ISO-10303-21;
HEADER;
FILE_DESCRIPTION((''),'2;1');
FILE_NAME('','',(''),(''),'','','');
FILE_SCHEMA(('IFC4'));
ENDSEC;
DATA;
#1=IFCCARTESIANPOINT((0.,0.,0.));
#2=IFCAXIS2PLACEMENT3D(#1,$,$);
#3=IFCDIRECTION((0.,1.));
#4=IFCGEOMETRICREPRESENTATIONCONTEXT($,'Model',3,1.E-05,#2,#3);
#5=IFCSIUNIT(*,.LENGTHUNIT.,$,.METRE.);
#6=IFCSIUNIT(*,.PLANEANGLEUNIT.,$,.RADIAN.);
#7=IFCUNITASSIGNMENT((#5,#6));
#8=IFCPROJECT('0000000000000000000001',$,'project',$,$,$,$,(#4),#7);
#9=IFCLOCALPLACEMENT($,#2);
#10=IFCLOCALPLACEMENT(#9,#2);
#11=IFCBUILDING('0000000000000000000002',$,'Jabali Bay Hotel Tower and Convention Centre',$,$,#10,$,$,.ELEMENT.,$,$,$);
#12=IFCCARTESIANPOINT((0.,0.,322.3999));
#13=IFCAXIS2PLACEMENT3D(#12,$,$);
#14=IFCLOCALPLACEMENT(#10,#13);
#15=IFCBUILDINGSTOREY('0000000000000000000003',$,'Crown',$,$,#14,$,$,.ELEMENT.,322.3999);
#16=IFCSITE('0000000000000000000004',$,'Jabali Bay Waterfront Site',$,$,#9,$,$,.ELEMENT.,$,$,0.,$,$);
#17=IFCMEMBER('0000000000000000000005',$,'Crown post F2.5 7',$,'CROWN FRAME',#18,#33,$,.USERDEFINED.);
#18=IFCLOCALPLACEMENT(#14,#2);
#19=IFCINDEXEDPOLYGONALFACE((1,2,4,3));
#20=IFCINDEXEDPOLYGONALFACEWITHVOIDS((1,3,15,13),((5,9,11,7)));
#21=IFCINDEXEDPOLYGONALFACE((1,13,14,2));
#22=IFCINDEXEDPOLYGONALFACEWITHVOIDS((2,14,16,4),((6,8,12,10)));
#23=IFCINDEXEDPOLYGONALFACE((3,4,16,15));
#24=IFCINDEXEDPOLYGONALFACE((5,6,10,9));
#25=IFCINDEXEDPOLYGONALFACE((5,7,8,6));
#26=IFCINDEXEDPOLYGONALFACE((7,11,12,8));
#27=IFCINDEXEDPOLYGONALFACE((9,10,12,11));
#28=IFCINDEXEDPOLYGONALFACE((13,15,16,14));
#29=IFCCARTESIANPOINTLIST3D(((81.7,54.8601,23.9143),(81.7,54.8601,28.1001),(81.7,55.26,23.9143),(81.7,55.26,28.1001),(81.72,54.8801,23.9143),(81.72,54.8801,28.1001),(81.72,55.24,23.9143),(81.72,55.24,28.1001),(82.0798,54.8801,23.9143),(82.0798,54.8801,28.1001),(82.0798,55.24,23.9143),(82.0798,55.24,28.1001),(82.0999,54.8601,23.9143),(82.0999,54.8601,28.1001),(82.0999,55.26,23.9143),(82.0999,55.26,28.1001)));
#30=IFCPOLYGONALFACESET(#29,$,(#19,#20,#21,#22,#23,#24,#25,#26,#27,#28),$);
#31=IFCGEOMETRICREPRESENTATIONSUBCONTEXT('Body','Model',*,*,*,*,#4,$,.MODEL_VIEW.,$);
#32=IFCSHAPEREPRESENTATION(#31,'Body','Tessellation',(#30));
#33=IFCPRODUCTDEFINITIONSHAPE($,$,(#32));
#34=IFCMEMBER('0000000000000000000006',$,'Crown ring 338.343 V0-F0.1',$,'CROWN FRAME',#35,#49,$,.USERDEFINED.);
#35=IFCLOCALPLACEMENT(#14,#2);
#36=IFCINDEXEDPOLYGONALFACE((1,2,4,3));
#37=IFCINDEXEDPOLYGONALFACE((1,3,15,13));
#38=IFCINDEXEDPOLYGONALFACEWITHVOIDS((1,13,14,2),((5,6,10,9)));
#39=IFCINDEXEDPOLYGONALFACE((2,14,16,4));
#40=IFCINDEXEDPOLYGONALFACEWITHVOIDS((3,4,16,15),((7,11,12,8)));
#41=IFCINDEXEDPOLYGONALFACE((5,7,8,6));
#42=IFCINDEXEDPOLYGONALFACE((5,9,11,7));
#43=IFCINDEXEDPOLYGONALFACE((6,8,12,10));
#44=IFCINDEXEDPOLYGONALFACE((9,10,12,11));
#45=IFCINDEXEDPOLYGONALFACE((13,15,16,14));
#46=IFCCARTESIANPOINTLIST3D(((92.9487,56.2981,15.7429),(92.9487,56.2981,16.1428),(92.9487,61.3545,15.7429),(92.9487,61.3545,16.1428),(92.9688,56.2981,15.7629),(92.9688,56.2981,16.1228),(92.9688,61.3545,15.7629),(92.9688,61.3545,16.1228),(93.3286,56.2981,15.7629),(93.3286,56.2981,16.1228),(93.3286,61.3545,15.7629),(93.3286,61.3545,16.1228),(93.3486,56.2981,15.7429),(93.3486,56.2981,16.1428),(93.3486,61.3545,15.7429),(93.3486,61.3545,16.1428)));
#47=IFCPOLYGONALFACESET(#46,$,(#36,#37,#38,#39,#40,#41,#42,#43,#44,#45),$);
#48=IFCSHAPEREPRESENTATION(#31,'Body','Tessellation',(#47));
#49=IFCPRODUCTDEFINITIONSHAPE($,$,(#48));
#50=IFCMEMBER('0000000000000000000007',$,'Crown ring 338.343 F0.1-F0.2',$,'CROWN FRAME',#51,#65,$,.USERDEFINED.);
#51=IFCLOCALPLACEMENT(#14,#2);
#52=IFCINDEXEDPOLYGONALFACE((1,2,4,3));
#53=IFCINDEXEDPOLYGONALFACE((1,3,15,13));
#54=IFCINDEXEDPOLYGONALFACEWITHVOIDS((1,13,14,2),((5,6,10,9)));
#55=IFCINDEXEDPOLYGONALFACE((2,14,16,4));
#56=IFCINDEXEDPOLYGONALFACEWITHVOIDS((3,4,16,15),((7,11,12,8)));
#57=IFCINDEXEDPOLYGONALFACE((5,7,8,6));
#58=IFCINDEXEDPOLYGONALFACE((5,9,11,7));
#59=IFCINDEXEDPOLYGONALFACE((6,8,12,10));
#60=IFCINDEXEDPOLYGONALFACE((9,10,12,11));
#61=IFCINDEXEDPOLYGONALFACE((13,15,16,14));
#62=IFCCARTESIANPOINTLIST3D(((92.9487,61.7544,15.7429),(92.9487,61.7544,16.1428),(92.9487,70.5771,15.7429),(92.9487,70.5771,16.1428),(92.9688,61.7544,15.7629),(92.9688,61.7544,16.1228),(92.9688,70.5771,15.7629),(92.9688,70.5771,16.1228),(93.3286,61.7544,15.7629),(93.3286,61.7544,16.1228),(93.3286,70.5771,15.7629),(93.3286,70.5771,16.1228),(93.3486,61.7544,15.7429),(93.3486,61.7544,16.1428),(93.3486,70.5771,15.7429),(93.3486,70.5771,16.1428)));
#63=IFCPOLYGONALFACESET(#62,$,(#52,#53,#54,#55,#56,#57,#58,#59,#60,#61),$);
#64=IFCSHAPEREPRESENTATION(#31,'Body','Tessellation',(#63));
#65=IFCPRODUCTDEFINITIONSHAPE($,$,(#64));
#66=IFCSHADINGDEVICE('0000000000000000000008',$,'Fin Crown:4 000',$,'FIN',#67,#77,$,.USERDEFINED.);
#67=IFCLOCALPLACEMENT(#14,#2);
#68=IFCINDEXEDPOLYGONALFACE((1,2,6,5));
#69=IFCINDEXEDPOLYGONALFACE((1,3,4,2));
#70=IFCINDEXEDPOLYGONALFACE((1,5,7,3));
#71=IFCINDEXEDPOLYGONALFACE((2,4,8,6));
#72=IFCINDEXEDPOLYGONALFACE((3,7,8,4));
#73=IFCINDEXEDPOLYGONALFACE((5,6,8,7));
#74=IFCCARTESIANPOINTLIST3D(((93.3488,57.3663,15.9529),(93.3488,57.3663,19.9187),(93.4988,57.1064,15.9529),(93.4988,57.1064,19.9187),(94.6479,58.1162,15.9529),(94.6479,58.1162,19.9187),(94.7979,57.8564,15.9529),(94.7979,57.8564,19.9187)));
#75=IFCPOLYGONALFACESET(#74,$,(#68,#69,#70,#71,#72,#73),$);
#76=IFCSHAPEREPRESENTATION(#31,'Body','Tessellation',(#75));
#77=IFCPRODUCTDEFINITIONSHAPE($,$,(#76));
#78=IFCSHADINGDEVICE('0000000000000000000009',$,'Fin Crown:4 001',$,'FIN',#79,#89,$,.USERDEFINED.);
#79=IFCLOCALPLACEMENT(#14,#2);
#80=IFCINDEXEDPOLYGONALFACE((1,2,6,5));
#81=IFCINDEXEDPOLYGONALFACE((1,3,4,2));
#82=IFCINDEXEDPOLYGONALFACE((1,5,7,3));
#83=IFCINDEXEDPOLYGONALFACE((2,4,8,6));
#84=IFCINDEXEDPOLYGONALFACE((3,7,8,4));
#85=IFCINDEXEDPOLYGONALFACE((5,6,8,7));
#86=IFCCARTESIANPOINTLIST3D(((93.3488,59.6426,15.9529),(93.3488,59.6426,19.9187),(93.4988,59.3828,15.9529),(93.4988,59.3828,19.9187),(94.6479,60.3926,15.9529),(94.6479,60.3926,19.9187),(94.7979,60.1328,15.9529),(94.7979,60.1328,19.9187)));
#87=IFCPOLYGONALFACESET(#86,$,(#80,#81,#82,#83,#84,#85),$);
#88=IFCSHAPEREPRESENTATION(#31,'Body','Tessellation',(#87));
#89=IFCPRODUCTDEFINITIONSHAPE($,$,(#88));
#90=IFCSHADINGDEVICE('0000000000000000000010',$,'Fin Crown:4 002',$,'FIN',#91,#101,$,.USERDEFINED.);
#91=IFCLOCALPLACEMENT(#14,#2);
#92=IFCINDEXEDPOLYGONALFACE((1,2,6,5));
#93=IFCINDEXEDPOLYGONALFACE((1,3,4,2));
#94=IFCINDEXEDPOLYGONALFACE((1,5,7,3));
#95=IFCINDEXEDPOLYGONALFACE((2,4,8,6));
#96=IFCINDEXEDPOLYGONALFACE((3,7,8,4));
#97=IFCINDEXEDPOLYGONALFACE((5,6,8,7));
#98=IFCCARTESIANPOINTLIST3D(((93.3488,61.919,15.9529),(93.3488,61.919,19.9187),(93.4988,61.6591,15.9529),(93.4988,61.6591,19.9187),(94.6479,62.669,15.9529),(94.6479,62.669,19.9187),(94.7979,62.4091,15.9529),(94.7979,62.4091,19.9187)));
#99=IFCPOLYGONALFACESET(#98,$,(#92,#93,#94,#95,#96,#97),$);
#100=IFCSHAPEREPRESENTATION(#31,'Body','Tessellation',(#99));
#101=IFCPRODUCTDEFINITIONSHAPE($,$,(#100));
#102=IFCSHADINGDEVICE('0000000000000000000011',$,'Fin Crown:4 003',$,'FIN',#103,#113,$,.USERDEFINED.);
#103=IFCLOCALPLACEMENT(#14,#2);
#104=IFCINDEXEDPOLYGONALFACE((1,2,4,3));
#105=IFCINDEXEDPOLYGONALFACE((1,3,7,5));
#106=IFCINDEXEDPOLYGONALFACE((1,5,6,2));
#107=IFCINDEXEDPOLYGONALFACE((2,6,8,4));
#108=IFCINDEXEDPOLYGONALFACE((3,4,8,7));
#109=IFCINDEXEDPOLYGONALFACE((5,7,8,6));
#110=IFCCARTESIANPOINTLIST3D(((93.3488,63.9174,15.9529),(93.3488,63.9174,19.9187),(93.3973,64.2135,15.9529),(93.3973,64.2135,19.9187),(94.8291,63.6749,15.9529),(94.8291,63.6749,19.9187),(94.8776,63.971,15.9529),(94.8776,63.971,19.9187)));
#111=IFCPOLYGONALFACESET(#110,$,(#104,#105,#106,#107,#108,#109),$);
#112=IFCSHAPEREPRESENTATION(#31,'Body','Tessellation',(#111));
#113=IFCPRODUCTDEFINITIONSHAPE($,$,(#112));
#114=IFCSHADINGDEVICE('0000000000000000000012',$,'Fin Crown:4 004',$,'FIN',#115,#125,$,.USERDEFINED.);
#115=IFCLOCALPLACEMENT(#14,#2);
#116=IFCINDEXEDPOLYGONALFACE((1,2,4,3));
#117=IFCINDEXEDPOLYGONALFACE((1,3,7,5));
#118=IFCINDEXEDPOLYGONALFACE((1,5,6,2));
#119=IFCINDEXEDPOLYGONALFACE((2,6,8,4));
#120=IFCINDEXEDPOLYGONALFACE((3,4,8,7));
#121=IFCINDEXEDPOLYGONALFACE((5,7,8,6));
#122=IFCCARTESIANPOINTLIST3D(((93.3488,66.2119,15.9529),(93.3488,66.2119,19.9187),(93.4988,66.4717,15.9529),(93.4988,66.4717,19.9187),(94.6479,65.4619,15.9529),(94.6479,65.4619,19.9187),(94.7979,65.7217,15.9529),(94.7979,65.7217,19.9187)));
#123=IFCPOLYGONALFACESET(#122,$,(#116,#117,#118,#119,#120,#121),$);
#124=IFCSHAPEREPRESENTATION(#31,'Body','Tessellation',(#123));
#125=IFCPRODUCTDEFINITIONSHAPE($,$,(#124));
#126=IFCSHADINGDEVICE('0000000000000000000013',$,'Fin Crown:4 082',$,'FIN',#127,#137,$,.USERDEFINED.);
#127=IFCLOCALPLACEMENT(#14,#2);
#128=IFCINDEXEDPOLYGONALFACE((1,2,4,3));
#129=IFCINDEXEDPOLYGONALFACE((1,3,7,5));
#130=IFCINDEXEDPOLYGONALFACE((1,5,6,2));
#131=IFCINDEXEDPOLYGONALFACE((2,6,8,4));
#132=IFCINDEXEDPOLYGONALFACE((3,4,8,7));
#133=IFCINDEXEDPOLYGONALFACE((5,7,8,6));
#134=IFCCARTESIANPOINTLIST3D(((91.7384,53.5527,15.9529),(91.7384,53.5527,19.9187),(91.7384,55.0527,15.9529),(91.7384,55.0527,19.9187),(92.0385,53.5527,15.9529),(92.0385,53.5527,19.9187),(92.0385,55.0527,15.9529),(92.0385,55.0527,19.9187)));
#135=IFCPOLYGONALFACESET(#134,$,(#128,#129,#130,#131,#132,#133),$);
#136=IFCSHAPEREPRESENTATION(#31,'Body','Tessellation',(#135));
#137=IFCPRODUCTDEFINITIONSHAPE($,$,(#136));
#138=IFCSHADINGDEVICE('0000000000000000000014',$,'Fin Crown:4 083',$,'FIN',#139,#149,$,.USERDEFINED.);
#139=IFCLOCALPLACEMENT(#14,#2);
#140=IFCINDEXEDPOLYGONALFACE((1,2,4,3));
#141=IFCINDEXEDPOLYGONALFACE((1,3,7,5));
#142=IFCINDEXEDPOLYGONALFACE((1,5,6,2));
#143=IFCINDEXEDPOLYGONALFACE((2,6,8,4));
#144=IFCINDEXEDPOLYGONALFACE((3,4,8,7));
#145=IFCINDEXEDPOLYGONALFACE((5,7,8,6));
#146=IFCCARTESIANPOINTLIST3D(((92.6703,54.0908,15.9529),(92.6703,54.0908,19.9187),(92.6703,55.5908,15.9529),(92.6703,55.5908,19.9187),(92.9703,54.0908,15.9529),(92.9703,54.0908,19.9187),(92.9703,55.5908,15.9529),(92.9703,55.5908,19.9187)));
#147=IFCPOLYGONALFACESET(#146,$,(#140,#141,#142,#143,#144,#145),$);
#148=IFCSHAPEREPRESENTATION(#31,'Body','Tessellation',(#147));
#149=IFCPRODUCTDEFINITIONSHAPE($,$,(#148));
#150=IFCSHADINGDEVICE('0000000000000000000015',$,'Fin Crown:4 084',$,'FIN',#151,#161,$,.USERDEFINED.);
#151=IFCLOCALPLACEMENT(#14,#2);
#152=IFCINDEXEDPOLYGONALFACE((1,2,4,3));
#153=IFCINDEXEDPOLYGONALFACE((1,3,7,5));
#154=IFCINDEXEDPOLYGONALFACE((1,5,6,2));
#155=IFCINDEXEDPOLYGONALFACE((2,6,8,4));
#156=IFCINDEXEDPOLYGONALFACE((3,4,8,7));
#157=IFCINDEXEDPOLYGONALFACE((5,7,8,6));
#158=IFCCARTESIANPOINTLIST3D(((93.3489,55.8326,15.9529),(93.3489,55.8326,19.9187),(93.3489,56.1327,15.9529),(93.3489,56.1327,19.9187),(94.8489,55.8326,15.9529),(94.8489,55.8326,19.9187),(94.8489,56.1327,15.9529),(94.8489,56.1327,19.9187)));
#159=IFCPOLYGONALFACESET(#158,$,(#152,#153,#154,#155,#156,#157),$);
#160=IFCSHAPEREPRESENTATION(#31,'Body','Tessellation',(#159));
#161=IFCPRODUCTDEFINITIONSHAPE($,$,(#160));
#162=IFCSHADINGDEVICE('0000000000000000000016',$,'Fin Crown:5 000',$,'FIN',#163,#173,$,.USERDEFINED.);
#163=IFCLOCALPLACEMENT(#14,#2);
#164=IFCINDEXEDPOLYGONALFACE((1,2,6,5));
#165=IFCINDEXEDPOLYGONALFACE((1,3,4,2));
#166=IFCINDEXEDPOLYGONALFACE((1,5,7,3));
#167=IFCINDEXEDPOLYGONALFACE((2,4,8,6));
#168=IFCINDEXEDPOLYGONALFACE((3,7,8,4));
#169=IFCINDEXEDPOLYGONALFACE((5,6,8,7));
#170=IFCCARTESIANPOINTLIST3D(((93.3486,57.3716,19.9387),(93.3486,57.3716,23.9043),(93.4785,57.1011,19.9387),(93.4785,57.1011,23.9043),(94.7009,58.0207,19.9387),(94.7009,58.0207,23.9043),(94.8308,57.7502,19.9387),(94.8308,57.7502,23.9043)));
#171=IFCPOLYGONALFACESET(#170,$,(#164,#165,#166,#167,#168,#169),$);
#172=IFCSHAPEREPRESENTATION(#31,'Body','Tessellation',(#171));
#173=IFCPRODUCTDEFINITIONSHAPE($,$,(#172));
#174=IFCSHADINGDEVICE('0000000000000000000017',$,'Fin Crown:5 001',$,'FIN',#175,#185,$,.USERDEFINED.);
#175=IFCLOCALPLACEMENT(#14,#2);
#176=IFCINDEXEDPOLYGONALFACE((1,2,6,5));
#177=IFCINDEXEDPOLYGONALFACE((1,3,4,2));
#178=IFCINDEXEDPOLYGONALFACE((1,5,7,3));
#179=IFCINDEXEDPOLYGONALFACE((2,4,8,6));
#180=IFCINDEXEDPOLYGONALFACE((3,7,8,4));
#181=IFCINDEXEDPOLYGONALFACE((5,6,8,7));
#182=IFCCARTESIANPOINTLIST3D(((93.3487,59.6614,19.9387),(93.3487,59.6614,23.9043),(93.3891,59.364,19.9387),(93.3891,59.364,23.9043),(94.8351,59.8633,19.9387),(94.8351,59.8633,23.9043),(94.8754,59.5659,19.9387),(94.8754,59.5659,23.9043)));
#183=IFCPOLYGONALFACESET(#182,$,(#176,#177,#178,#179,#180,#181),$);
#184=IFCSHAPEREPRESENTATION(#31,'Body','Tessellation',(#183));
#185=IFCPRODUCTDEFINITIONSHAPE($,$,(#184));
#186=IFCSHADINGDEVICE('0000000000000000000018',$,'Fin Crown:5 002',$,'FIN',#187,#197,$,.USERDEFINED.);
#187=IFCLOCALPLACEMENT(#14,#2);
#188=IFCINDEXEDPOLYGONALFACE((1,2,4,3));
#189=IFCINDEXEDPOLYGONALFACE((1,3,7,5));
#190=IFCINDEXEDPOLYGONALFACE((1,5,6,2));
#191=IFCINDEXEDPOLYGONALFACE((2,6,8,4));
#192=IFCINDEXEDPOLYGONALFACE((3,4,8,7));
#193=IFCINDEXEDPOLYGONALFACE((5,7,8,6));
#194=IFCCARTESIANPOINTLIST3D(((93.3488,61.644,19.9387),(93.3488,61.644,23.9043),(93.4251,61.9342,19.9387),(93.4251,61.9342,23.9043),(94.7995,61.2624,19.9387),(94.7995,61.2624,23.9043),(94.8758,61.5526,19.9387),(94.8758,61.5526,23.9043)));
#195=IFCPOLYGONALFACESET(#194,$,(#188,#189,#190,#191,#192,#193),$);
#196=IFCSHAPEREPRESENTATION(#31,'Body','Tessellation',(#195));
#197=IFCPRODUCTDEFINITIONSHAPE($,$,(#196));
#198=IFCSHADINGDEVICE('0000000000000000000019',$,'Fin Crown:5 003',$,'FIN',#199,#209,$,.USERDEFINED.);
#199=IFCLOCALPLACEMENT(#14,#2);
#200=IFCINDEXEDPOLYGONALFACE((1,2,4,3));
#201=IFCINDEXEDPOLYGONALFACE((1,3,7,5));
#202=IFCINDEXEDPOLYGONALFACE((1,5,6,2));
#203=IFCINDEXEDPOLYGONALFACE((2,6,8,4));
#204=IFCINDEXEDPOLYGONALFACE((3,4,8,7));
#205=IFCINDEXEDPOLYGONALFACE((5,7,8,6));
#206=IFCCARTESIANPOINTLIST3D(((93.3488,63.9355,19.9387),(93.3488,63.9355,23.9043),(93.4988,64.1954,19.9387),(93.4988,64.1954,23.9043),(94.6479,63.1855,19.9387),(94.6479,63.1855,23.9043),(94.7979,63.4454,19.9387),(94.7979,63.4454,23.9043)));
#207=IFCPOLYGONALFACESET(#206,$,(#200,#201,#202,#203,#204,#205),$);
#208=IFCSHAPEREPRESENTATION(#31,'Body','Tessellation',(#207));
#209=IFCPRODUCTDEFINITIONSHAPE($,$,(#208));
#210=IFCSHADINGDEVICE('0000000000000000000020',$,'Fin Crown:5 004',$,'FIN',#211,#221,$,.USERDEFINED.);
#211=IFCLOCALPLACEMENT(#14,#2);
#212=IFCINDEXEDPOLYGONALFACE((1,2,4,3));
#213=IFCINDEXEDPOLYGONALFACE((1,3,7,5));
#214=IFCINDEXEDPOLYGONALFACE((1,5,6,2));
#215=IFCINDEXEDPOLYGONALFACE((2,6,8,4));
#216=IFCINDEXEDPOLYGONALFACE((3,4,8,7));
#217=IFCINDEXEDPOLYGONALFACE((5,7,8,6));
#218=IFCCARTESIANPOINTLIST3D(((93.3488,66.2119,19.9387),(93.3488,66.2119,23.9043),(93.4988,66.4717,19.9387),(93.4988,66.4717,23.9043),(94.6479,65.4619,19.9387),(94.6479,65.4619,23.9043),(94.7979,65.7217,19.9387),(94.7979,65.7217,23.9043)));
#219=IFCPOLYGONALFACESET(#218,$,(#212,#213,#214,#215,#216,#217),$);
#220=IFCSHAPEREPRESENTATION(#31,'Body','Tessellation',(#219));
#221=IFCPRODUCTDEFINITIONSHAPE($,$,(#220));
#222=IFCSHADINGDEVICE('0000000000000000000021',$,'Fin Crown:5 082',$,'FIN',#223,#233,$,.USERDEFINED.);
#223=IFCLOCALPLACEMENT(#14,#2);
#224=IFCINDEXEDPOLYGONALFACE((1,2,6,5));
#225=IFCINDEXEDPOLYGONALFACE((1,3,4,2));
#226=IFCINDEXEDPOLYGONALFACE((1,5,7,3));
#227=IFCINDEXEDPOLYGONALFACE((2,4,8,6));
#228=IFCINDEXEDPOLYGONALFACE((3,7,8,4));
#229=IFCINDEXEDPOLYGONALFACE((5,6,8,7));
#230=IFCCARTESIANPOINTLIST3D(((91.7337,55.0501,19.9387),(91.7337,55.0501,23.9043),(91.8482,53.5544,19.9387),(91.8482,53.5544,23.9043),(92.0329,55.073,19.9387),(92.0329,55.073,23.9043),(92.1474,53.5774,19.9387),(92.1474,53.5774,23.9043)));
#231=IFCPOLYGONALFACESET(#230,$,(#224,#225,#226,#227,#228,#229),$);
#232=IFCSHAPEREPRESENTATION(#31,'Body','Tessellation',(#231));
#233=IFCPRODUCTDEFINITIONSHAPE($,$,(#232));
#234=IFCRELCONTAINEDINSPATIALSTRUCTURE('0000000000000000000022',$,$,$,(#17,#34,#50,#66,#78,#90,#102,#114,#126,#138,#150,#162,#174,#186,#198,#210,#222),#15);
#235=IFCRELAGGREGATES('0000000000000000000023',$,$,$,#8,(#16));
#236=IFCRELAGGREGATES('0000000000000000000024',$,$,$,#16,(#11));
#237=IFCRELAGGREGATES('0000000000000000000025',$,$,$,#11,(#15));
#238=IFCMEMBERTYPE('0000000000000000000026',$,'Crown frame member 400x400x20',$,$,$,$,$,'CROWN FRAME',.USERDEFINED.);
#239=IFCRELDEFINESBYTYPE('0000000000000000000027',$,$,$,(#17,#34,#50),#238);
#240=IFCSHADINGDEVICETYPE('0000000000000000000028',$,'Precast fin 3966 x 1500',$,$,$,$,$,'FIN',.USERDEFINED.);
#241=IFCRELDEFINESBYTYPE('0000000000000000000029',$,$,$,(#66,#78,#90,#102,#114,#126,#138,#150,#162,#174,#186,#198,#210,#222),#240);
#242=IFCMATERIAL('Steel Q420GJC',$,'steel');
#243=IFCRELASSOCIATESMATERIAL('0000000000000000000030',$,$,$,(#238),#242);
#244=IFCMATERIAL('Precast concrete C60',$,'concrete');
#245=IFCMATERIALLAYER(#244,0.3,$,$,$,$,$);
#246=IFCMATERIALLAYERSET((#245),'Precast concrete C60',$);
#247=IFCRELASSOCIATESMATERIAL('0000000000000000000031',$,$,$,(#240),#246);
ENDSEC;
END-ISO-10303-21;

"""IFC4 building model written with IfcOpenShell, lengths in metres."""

from ifc_helpers import new_model, si_unit, direction, frame, frame_2d, origin, origin_2d, place, context, subcontext, project, spatial, rectangle, hollow_rectangle, extrude, material, layer, layer_set, material_profile, profile_set, type_object, element, save


model = new_model("IFC4")

# Units and contexts
model_context = context("Model", 3, precision=1e-05, world=origin(), true_north=direction((0.0, 1.0)))
body_context = subcontext(model_context, "Body", "Model", "MODEL_VIEW")
ifc_project = project(units=[si_unit("LENGTHUNIT", "METRE"), si_unit("PLANEANGLEUNIT", "RADIAN")], contexts=[model_context])

# Site, building, storey
site_placement = place(None, origin())
site = spatial("IfcSite", under=ifc_project, at=site_placement, Name="Jabali Bay Waterfront Site", CompositionType="ELEMENT", RefElevation=0.0)
building_placement = place(site_placement, origin())
building = spatial("IfcBuilding", under=site, at=building_placement, Name="Jabali Bay Hotel Tower and Convention Centre", CompositionType="ELEMENT")
storey_placement = place(building_placement, frame((0.0, 0.0, 322.3999)))
storey = spatial("IfcBuildingStorey", under=building, at=storey_placement, Name="Crown", CompositionType="ELEMENT", Elevation=322.3999)

# Members
ifc_material_1 = material(Name="Steel Q420GJC", Category="steel")
ifc_material_profile_1 = material_profile(ifc_material_1, hollow_rectangle(XDim=0.3999, YDim=0.3999, WallThickness=0.02, at=origin_2d()), Name="Crown frame member 400x400x20")
ifc_profile_set_1 = profile_set([ifc_material_profile_1], Name="Steel Q420GJC")
member_type_1 = type_object("IfcMemberType", Name="Crown frame member 400x400x20", ElementType="CROWN FRAME", PredefinedType="USERDEFINED", material=ifc_profile_set_1)
member_1_placement = place(storey_placement, frame((81.8999, 55.0601, 23.9143), z_axis=(0.0, 0.0, 1.0), x_axis=(1.0, 0.0, 0.0)))
element("IfcMember", 1, at=member_1_placement, inside=storey, type_object=member_type_1, Name="Crown post F2.5 7", ObjectType="CROWN FRAME", PredefinedType="USERDEFINED", context=body_context, shape_type="SweptSolid", body=[
    extrude(hollow_rectangle(XDim=0.3999, YDim=0.3999, WallThickness=0.02, at=origin_2d()), origin(), (0.0, 0.0, 1.0), 4.1858),
])
member_2_placement = place(storey_placement, frame((93.1487, 56.2981, 15.9429), z_axis=(0.0, 1.0, 0.0), x_axis=(-1.0, 0.0, 0.0)))
element("IfcMember", 2, at=member_2_placement, inside=storey, type_object=member_type_1, Name="Crown ring 338.343 V0-F0.1", ObjectType="CROWN FRAME", PredefinedType="USERDEFINED", context=body_context, shape_type="SweptSolid", body=[
    extrude(hollow_rectangle(XDim=0.3999, YDim=0.3999, WallThickness=0.02, at=origin_2d()), origin(), (0.0, 0.0, 1.0), 5.0564),
])
member_3_placement = place(storey_placement, frame((93.1487, 61.7544, 15.9429), z_axis=(0.0, 1.0, 0.0), x_axis=(-1.0, 0.0, 0.0)))
element("IfcMember", 3, at=member_3_placement, inside=storey, type_object=member_type_1, Name="Crown ring 338.343 F0.1-F0.2", ObjectType="CROWN FRAME", PredefinedType="USERDEFINED", context=body_context, shape_type="SweptSolid", body=[
    extrude(hollow_rectangle(XDim=0.3999, YDim=0.3999, WallThickness=0.02, at=origin_2d()), origin(), (0.0, 0.0, 1.0), 8.8228),
])

# Shading devices
ifc_material_2 = material(Name="Precast concrete C60", Category="concrete")
ifc_layer = layer(ifc_material_2, 0.3)
ifc_layer_set = layer_set([ifc_layer], Name="Precast concrete C60")
shading_device_type = type_object("IfcShadingDeviceType", Name="Precast fin 3966 x 1500", ElementType="FIN", PredefinedType="USERDEFINED", material=ifc_layer_set)
for number, where, z_axis, x_axis, name in (
    (4, (93.4238, 57.2363, 15.9529), (0.0, 0.0, 1.0), (0.866031, 0.49999, 0.0), "Fin Crown:4 000"),
    (5, (93.4238, 59.5127, 15.9529), (0.0, 0.0, 1.0), (0.866031, 0.49999, 0.0), "Fin Crown:4 001"),
    (6, (93.4238, 61.7891, 15.9529), (0.0, 0.0, 1.0), (0.866031, 0.49999, 0.0), "Fin Crown:4 002"),
    (7, (93.373, 64.0654, 15.9529), (0.0, 0.0, 1.0), (0.986852, -0.161627, 0.0), "Fin Crown:4 003"),
    (8, (93.4238, 66.3418, 15.9529), (0.0, 0.0, 1.0), (0.866031, -0.49999, 0.0), "Fin Crown:4 004"),
    (9, (91.8884, 55.0527, 15.9529), (0.0, 0.0, 1.0), (0.0, -1.0, 0.0), "Fin Crown:4 082"),
    (10, (92.8203, 55.5908, 15.9529), (0.0, 0.0, 1.0), (0.0, -1.0, 0.0), "Fin Crown:4 083"),
    (11, (93.3489, 55.9827, 15.9529), (0.0, 0.0, 1.0), (1.0, 0.0, 0.0), "Fin Crown:4 084"),
):
    element("IfcShadingDevice", number, at=place(storey_placement, frame(where, z_axis=z_axis, x_axis=x_axis)), inside=storey, type_object=shading_device_type, Name=name, ObjectType="FIN", PredefinedType="USERDEFINED", context=body_context, shape_type="SweptSolid", body=[
        extrude(rectangle(XDim=1.5, YDim=0.3, at=frame_2d((0.75, 0.0))), origin(), (0.0, 0.0, 1.0), 3.9658),
    ])
for number, where, z_axis, x_axis, name in (
    (12, (93.4136, 57.2363, 19.9387), (0.0, 0.0, 1.0), (0.901505, 0.432768, 0.0), "Fin Crown:5 000"),
    (13, (93.3689, 59.5127, 19.9387), (0.0, 0.0, 1.0), (0.990899, 0.134605, 0.0), "Fin Crown:5 001"),
    (14, (93.387, 61.7891, 19.9387), (0.0, 0.0, 1.0), (0.967102, -0.254389, 0.0), "Fin Crown:5 002"),
    (15, (93.4238, 64.0654, 19.9387), (0.0, 0.0, 1.0), (0.866031, -0.49999, 0.0), "Fin Crown:5 003"),
    (16, (93.4238, 66.3418, 19.9387), (0.0, 0.0, 1.0), (0.866031, -0.49999, 0.0), "Fin Crown:5 004"),
    (17, (91.8833, 55.0615, 19.9387), (0.0, 0.0, 1.0), (0.076336, -0.997082, 0.0), "Fin Crown:5 082"),
):
    element("IfcShadingDevice", number, at=place(storey_placement, frame(where, z_axis=z_axis, x_axis=x_axis)), inside=storey, type_object=shading_device_type, Name=name, ObjectType="FIN", PredefinedType="USERDEFINED", context=body_context, shape_type="SweptSolid", body=[
        extrude(rectangle(XDim=1.5, YDim=0.3, at=frame_2d((0.75, 0.0))), origin(), (0.0, 0.0, 1.0), 3.9656),
    ])

save(model, "model.ifc")
